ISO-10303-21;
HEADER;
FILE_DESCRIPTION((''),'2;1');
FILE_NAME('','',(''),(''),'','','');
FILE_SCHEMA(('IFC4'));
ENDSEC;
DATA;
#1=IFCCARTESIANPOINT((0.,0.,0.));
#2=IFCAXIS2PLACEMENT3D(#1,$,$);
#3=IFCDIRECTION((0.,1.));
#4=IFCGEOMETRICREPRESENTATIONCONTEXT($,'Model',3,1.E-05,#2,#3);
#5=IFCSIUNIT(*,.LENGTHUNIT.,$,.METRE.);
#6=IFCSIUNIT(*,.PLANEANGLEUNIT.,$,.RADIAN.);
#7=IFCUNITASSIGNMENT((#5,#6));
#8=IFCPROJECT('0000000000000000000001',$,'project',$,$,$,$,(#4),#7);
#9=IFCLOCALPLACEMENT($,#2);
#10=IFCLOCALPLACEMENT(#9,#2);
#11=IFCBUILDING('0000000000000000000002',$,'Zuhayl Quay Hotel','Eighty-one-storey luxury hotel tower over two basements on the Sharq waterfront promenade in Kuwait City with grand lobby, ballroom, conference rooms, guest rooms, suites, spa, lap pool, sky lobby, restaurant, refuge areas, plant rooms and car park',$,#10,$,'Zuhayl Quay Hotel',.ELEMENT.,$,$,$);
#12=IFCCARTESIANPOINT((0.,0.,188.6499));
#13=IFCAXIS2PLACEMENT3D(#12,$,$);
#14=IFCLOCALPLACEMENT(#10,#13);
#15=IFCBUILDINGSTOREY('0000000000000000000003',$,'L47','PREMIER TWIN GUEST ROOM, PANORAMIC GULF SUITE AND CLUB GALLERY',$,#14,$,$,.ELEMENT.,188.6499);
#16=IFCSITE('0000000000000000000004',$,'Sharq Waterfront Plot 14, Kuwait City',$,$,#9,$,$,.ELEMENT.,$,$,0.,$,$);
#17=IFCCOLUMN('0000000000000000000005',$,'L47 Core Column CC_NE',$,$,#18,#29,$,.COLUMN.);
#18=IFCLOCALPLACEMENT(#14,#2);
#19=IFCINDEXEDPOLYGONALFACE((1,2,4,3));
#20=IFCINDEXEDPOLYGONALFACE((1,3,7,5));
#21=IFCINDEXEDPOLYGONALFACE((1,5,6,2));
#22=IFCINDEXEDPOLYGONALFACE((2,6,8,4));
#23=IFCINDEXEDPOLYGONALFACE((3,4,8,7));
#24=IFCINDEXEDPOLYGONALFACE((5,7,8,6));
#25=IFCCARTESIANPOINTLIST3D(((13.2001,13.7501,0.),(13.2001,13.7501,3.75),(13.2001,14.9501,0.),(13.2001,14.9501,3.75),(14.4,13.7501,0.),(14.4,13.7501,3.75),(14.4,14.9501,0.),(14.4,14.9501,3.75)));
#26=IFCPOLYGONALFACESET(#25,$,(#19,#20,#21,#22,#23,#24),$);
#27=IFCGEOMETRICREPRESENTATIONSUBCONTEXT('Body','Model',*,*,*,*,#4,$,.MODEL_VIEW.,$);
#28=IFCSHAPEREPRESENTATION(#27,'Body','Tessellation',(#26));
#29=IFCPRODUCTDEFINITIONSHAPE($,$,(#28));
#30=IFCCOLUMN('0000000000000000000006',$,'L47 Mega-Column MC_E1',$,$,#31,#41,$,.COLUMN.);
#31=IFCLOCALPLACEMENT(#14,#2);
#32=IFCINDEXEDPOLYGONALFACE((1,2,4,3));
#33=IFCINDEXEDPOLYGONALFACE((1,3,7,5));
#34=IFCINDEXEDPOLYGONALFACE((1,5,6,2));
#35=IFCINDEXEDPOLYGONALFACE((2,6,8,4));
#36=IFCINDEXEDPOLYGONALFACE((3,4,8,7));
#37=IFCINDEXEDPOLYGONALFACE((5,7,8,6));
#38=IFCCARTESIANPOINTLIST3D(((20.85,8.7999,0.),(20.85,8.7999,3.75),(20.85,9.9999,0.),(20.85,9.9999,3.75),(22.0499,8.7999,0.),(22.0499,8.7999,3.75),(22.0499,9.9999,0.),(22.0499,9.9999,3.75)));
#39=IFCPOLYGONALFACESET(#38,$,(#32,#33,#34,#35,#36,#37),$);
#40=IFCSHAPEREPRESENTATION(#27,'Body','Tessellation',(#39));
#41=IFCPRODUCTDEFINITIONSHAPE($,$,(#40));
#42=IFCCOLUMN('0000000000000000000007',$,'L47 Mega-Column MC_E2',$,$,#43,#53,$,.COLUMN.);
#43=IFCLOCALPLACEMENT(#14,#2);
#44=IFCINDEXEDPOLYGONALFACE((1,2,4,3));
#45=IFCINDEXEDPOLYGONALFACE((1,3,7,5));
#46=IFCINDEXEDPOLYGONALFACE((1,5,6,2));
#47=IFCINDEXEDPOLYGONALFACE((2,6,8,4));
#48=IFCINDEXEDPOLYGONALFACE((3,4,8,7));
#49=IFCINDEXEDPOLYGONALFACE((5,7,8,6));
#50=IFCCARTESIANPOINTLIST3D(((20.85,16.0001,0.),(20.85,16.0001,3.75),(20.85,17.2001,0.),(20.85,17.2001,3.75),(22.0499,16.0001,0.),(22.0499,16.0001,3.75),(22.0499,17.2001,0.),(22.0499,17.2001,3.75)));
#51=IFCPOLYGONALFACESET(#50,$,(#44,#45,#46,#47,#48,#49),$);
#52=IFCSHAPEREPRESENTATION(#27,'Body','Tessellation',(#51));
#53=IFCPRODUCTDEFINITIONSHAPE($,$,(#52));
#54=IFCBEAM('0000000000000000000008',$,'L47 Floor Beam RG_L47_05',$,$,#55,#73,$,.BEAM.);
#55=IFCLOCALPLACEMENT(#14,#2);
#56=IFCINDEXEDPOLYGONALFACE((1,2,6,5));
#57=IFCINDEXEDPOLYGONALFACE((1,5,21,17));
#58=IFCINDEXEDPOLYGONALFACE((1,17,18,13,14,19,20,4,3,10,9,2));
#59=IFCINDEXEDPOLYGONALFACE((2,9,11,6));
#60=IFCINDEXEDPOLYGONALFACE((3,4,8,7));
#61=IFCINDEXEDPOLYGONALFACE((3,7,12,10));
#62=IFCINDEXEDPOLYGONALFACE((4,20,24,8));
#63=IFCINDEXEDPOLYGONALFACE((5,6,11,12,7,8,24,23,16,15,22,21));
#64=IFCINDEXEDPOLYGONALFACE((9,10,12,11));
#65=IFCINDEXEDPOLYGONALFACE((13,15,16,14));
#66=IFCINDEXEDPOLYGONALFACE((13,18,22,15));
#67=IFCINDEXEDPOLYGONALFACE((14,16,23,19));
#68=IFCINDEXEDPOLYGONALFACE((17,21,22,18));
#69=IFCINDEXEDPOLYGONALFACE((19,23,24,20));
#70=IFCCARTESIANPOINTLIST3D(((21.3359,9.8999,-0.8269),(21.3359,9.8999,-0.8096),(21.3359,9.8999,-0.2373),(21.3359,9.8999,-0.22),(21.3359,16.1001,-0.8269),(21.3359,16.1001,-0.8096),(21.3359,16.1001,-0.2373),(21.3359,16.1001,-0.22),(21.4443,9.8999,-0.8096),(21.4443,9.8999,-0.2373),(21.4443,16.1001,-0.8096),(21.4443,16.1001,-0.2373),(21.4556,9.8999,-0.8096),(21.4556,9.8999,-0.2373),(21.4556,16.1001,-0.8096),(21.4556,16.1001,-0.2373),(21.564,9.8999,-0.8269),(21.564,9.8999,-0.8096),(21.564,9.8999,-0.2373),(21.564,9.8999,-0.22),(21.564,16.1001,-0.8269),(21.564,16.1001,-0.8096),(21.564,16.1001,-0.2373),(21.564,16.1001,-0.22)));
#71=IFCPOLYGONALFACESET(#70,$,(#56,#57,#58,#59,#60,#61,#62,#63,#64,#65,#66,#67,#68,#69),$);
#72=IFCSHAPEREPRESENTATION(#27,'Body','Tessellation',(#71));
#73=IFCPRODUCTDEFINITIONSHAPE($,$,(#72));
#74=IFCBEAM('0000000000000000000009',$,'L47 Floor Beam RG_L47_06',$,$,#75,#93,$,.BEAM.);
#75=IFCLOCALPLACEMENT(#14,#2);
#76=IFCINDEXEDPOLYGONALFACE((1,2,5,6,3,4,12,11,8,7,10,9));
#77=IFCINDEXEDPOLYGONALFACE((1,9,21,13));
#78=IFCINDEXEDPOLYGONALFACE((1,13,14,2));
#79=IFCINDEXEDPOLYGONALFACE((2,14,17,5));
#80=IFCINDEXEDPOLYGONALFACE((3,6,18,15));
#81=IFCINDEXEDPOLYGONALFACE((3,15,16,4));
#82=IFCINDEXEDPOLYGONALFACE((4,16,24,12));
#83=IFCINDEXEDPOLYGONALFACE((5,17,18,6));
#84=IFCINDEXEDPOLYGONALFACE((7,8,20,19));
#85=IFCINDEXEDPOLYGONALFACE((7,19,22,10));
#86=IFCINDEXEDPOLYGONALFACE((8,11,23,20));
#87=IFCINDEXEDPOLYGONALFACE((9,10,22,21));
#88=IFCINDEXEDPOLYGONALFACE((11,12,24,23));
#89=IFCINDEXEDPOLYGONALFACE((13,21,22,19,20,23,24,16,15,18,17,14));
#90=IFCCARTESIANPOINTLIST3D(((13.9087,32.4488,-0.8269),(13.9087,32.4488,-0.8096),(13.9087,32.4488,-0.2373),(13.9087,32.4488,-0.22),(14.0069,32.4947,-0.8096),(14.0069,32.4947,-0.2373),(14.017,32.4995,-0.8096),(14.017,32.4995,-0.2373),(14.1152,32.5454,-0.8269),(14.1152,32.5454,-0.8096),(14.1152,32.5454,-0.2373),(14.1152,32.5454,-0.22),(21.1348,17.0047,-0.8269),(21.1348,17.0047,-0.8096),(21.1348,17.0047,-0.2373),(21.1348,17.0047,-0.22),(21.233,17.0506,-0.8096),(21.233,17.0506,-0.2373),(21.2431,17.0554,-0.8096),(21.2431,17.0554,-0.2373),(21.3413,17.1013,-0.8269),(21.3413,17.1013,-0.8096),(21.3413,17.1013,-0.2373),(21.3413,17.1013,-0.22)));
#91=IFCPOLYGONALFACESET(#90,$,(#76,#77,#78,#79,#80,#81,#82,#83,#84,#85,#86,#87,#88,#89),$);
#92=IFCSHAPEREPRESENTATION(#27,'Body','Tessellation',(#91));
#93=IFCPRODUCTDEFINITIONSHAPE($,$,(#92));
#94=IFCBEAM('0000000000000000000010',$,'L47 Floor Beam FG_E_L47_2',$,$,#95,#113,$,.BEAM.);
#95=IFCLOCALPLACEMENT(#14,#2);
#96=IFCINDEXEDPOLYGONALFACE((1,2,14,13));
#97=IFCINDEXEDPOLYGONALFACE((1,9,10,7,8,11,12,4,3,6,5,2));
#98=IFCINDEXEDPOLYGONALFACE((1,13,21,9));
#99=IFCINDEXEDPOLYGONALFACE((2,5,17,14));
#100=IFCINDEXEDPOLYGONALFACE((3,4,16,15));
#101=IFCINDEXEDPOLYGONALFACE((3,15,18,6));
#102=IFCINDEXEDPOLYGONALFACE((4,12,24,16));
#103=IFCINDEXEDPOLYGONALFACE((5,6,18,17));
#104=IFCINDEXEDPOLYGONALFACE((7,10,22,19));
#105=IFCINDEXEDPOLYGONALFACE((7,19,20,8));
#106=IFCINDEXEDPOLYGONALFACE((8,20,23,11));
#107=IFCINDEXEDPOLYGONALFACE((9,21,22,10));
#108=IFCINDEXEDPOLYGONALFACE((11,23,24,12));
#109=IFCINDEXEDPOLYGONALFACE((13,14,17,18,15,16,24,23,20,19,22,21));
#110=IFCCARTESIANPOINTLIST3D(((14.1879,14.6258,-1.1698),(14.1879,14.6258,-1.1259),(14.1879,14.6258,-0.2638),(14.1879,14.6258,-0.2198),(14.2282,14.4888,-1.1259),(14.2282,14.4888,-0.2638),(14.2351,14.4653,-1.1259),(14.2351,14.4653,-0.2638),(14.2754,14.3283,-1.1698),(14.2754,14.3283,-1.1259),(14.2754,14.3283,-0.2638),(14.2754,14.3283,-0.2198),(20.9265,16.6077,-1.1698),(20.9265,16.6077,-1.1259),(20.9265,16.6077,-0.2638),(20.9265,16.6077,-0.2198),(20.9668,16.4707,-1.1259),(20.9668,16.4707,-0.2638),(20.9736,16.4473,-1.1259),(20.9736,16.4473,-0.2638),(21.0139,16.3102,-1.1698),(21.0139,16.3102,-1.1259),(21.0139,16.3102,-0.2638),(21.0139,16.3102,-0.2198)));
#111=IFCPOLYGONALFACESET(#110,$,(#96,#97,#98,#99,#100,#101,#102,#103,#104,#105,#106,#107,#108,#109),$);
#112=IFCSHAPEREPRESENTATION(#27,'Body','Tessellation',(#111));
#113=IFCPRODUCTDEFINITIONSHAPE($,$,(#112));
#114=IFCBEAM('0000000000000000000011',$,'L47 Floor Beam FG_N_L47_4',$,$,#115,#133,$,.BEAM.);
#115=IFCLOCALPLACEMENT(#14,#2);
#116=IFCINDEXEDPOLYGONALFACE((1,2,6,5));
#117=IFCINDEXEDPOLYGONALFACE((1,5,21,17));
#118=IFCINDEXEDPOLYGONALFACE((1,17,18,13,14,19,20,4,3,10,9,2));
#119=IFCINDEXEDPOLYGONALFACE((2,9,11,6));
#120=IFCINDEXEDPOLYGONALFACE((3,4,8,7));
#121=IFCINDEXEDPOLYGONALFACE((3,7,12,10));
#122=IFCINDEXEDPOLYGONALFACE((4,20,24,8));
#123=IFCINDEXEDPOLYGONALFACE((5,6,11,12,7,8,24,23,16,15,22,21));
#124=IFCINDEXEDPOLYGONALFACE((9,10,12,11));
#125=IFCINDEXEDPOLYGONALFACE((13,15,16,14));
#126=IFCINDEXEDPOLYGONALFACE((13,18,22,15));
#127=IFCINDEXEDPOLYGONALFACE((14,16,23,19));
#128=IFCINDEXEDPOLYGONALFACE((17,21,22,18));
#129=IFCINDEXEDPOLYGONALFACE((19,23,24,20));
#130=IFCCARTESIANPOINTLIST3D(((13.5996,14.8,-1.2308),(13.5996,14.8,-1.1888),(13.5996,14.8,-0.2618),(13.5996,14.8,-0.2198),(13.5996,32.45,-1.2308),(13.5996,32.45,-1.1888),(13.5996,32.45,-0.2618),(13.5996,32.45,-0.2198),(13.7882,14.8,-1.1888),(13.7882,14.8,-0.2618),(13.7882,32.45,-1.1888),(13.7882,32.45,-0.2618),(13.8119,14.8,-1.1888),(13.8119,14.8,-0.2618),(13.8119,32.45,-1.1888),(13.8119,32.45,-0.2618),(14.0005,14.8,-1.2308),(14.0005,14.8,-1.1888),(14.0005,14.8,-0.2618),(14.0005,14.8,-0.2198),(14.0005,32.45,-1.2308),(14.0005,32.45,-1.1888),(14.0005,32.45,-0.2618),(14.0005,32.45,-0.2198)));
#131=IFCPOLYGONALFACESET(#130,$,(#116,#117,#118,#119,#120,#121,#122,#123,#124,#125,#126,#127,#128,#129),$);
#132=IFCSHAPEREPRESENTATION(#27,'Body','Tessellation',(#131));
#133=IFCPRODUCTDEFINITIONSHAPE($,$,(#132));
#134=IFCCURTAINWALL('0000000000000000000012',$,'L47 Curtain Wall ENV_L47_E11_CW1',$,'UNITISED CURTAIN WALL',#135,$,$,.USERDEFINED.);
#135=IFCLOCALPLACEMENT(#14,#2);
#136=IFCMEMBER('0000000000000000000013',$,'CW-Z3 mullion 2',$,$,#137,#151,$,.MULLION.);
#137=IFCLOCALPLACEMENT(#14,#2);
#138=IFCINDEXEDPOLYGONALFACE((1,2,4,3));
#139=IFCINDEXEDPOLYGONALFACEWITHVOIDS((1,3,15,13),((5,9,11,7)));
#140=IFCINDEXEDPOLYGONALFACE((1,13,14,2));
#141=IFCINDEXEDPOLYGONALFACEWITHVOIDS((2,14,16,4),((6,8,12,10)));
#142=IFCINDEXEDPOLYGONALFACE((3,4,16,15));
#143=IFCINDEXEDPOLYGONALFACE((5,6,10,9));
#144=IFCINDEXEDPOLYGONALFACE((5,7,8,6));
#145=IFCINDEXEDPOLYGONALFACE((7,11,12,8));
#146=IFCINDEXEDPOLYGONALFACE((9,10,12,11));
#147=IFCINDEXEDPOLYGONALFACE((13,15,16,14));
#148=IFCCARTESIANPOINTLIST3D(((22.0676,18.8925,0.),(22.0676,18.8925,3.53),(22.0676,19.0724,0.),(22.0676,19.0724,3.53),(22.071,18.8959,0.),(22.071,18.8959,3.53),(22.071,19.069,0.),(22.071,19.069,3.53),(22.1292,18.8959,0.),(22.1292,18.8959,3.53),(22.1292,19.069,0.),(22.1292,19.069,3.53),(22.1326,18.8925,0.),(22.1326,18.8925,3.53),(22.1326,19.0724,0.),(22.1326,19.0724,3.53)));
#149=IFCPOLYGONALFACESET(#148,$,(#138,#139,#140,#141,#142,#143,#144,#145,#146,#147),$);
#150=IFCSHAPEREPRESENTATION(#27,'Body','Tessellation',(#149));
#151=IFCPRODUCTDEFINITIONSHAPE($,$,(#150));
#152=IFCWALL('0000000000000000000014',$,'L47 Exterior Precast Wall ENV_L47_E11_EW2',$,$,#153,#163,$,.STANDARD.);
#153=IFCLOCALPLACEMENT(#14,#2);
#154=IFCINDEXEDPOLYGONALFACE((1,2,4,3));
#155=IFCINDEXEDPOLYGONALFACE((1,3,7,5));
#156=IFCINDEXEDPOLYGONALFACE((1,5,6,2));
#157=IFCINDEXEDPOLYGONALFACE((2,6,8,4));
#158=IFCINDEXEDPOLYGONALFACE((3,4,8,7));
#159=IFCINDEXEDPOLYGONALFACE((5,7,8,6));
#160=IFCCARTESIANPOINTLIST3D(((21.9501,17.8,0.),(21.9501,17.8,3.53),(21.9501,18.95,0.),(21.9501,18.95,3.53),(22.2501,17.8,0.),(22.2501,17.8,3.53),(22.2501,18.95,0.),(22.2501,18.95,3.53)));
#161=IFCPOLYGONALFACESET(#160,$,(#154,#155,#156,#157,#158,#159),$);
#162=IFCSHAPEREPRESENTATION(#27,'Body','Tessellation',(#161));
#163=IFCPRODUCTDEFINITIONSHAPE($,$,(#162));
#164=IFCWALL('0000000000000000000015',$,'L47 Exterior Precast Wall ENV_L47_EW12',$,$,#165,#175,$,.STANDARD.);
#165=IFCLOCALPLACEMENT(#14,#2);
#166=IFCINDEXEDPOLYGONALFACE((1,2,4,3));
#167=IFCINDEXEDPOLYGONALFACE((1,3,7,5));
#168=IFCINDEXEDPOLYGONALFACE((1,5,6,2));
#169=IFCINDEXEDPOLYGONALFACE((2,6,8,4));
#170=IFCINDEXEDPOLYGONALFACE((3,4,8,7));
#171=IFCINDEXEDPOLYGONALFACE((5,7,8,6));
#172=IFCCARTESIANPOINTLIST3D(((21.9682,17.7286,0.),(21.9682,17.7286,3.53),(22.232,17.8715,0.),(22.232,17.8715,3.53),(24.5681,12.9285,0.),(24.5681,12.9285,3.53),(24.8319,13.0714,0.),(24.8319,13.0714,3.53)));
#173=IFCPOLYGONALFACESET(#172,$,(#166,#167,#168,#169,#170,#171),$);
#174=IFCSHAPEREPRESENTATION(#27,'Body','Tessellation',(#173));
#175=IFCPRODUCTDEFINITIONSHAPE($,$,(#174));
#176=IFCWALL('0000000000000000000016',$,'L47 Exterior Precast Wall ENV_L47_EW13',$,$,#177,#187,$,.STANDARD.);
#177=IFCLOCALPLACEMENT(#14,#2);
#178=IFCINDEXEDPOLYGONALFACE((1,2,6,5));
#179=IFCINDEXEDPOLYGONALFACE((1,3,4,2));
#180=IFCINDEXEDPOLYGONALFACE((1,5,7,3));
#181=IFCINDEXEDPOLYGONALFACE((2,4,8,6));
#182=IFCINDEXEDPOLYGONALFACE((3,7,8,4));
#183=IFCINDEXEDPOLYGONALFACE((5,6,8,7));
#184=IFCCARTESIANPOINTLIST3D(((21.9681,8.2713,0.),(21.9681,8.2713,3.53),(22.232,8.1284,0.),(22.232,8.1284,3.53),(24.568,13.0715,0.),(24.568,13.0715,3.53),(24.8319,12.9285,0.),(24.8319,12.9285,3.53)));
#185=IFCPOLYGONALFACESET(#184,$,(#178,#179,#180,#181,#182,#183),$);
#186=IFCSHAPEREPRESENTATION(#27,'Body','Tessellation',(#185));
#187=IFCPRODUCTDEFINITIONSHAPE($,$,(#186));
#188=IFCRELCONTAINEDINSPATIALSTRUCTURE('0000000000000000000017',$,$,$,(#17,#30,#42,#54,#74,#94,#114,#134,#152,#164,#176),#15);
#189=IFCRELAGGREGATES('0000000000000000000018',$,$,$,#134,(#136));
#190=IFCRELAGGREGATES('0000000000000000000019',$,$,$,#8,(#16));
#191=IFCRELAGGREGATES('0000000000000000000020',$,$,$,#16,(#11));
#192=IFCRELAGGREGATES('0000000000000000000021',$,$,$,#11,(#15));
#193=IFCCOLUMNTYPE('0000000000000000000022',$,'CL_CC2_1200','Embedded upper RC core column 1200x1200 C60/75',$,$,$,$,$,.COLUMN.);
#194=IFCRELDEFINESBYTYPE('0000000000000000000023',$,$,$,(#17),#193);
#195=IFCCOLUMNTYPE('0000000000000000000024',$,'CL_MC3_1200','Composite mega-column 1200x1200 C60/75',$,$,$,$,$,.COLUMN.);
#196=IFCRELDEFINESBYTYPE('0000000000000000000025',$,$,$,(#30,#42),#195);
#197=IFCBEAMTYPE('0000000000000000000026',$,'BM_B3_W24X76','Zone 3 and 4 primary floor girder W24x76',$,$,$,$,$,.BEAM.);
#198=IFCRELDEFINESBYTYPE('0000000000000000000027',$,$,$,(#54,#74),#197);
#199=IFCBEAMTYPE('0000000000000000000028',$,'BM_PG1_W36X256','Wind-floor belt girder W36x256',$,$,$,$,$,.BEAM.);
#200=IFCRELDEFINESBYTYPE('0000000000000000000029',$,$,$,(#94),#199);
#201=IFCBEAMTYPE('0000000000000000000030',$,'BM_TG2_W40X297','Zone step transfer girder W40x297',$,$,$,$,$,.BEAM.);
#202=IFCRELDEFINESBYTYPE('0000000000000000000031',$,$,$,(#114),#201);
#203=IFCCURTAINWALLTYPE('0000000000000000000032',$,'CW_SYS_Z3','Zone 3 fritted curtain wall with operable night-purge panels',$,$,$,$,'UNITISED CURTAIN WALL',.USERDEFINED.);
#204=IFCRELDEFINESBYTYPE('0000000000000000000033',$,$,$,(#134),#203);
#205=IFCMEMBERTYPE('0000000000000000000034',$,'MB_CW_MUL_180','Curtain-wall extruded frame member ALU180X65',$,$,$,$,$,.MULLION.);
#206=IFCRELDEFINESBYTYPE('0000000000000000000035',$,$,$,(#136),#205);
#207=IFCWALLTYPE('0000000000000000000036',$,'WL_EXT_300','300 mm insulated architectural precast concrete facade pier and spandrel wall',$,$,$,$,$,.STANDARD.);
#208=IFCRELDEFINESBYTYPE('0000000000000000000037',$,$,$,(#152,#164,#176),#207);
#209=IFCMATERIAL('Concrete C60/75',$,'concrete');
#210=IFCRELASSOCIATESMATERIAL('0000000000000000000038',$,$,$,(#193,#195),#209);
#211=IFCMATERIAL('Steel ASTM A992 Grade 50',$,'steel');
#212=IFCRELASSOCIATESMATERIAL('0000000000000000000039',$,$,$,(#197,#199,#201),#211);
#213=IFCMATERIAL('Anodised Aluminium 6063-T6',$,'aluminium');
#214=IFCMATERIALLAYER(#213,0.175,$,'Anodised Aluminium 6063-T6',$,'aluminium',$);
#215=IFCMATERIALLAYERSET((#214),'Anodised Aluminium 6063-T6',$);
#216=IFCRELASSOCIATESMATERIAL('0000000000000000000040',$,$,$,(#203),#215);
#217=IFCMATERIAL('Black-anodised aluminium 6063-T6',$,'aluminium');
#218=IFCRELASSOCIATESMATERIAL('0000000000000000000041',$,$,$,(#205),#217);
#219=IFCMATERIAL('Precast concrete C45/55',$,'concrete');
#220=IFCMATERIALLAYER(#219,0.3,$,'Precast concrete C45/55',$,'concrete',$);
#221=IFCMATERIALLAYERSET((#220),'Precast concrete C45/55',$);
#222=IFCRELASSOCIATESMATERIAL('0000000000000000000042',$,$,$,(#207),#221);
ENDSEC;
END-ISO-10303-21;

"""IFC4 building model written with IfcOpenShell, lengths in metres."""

from ifc_helpers import new_model, si_unit, direction, frame, frame_2d, origin, origin_2d, place, context, subcontext, project, spatial, rectangle, hollow_rectangle, i_section, extrude, material, layer, layer_set, material_profile, profile_set, type_object, element, aggregate, save


model = new_model("IFC4")

# Units and contexts
model_context = context("Model", 3, precision=1e-05, world=origin(), true_north=direction((0.0, 1.0)))
body_context = subcontext(model_context, "Body", "Model", "MODEL_VIEW")
ifc_project = project(units=[si_unit("LENGTHUNIT", "METRE"), si_unit("PLANEANGLEUNIT", "RADIAN")], contexts=[model_context])

# Site, building, storey
site_placement = place(None, origin())
site = spatial("IfcSite", under=ifc_project, at=site_placement, Name="Sharq Waterfront Plot 14, Kuwait City", CompositionType="ELEMENT", RefElevation=0.0)
building_placement = place(site_placement, origin())
building = spatial("IfcBuilding", under=site, at=building_placement, Name="Zuhayl Quay Hotel", Description="Eighty-one-storey luxury hotel tower over two basements on the Sharq waterfront promenade in Kuwait City with grand lobby, ballroom, conference rooms, guest rooms, suites, spa, lap pool, sky lobby, restaurant, refuge areas, plant rooms and car park", LongName="Zuhayl Quay Hotel", CompositionType="ELEMENT")
storey_placement = place(building_placement, frame((0.0, 0.0, 188.6499)))
storey = spatial("IfcBuildingStorey", under=building, at=storey_placement, Name="L47", Description="PREMIER TWIN GUEST ROOM, PANORAMIC GULF SUITE AND CLUB GALLERY", CompositionType="ELEMENT", Elevation=188.6499)

# Columns
ifc_material_1 = material(Name="Concrete C60/75", Category="concrete")
ifc_material_profile_1 = material_profile(ifc_material_1, rectangle(XDim=1.2, YDim=1.2, at=origin_2d()), Name="RC1200X1200")
ifc_profile_set_1 = profile_set([ifc_material_profile_1], Name="Concrete C60/75")
column_type_1 = type_object("IfcColumnType", Name="CL_CC2_1200", Description="Embedded upper RC core column 1200x1200 C60/75", PredefinedType="COLUMN", material=ifc_profile_set_1)
column_placement = place(storey_placement, frame((13.8, 14.3501, 0.0), z_axis=(0.0, 0.0, 1.0), x_axis=(1.0, 0.0, 0.0)))
element("IfcColumn", 1, at=column_placement, inside=storey, type_object=column_type_1, Name="L47 Core Column CC_NE", PredefinedType="COLUMN", context=body_context, shape_type="SweptSolid", body=[
    extrude(rectangle(XDim=1.2, YDim=1.2, at=origin_2d()), origin(), (0.0, 0.0, 1.0), 3.75),
])
ifc_material_profile_2 = material_profile(ifc_material_1, rectangle(XDim=1.2, YDim=1.2, at=origin_2d()), Name="RC1200X1200")
ifc_profile_set_2 = profile_set([ifc_material_profile_2], Name="Concrete C60/75")
column_type_2 = type_object("IfcColumnType", Name="CL_MC3_1200", Description="Composite mega-column 1200x1200 C60/75", PredefinedType="COLUMN", material=ifc_profile_set_2)
for number, where, z_axis, x_axis, name in (
    (2, (21.45, 9.3999, 0.0), (0.0, 0.0, 1.0), (1.0, 0.0, 0.0), "L47 Mega-Column MC_E1"),
    (3, (21.45, 16.6001, 0.0), (0.0, 0.0, 1.0), (1.0, 0.0, 0.0), "L47 Mega-Column MC_E2"),
):
    element("IfcColumn", number, at=place(storey_placement, frame(where, z_axis=z_axis, x_axis=x_axis)), inside=storey, type_object=column_type_2, Name=name, PredefinedType="COLUMN", context=body_context, shape_type="SweptSolid", body=[
        extrude(rectangle(XDim=1.2, YDim=1.2, at=origin_2d()), origin(), (0.0, 0.0, 1.0), 3.75),
    ])

# Beams
ifc_material_2 = material(Name="Steel ASTM A992 Grade 50", Category="steel")
ifc_material_profile_3 = material_profile(ifc_material_2, i_section(OverallWidth=0.228, OverallDepth=0.6069, WebThickness=0.0112, FlangeThickness=0.0173, at=origin_2d()), Name="W24X76")
ifc_profile_set_3 = profile_set([ifc_material_profile_3], Name="Steel ASTM A992 Grade 50")
beam_type_1 = type_object("IfcBeamType", Name="BM_B3_W24X76", Description="Zone 3 and 4 primary floor girder W24x76", PredefinedType="BEAM", material=ifc_profile_set_3)
beam_1_placement = place(storey_placement, frame((21.45, 9.8999, -0.5234), z_axis=(0.0, 1.0, 0.0), x_axis=(-1.0, 0.0, 0.0)))
element("IfcBeam", 4, at=beam_1_placement, inside=storey, type_object=beam_type_1, Name="L47 Floor Beam RG_L47_05", PredefinedType="BEAM", context=body_context, shape_type="SweptSolid", body=[
    extrude(i_section(OverallWidth=0.228, OverallDepth=0.6069, WebThickness=0.0112, FlangeThickness=0.0173, at=origin_2d()), origin(), (0.0, 0.0, 1.0), 6.2002),
])
beam_2_placement = place(storey_placement, frame((21.238, 17.053, -0.5234), z_axis=(-0.423792, 0.905759, 0.0), x_axis=(-0.905759, -0.423792, 0.0)))
element("IfcBeam", 5, at=beam_2_placement, inside=storey, type_object=beam_type_1, Name="L47 Floor Beam RG_L47_06", PredefinedType="BEAM", context=body_context, shape_type="SweptSolid", body=[
    extrude(i_section(OverallWidth=0.228, OverallDepth=0.6069, WebThickness=0.0112, FlangeThickness=0.0173, at=origin_2d()), origin(), (0.0, 0.0, 1.0), 17.051),
])
ifc_material_profile_4 = material_profile(ifc_material_2, i_section(OverallWidth=0.3101, OverallDepth=0.95, WebThickness=0.0244, FlangeThickness=0.0439, at=origin_2d()), Name="W36X256")
ifc_profile_set_4 = profile_set([ifc_material_profile_4], Name="Steel ASTM A992 Grade 50")
beam_type_2 = type_object("IfcBeamType", Name="BM_PG1_W36X256", Description="Wind-floor belt girder W36x256", PredefinedType="BEAM", material=ifc_profile_set_4)
beam_3_placement = place(storey_placement, frame((14.2317, 14.4771, -0.6948), z_axis=(0.959365, 0.282168, 0.0), x_axis=(-0.282168, 0.959365, 0.0)))
element("IfcBeam", 6, at=beam_3_placement, inside=storey, type_object=beam_type_2, Name="L47 Floor Beam FG_E_L47_2", PredefinedType="BEAM", context=body_context, shape_type="SweptSolid", body=[
    extrude(i_section(OverallWidth=0.3101, OverallDepth=0.95, WebThickness=0.0244, FlangeThickness=0.0439, at=origin_2d()), origin(), (0.0, 0.0, 1.0), 7.0239),
])
ifc_material_profile_5 = material_profile(ifc_material_2, i_section(OverallWidth=0.4009, OverallDepth=1.011, WebThickness=0.0237, FlangeThickness=0.042, at=origin_2d()), Name="W40X297")
ifc_profile_set_5 = profile_set([ifc_material_profile_5], Name="Steel ASTM A992 Grade 50")
beam_type_3 = type_object("IfcBeamType", Name="BM_TG2_W40X297", Description="Zone step transfer girder W40x297", PredefinedType="BEAM", material=ifc_profile_set_5)
beam_4_placement = place(storey_placement, frame((13.8, 14.8, -0.7253), z_axis=(0.0, 1.0, 0.0), x_axis=(-1.0, 0.0, 0.0)))
element("IfcBeam", 7, at=beam_4_placement, inside=storey, type_object=beam_type_3, Name="L47 Floor Beam FG_N_L47_4", PredefinedType="BEAM", context=body_context, shape_type="SweptSolid", body=[
    extrude(i_section(OverallWidth=0.4009, OverallDepth=1.011, WebThickness=0.0237, FlangeThickness=0.042, at=origin_2d()), origin(), (0.0, 0.0, 1.0), 17.6499),
])

# Curtain wall, member
ifc_material_3 = material(Name="Anodised Aluminium 6063-T6", Category="aluminium")
ifc_layer_1 = layer(ifc_material_3, 0.175, Name="Anodised Aluminium 6063-T6", Category="aluminium")
ifc_layer_set_1 = layer_set([ifc_layer_1], Name="Anodised Aluminium 6063-T6")
curtain_wall_type = type_object("IfcCurtainWallType", Name="CW_SYS_Z3", Description="Zone 3 fritted curtain wall with operable night-purge panels", ElementType="UNITISED CURTAIN WALL", PredefinedType="USERDEFINED", material=ifc_layer_set_1)
curtain_wall_placement = place(storey_placement, origin())
curtain_wall = element("IfcCurtainWall", 8, at=curtain_wall_placement, inside=storey, type_object=curtain_wall_type, Name="L47 Curtain Wall ENV_L47_E11_CW1", ObjectType="UNITISED CURTAIN WALL", PredefinedType="USERDEFINED")
ifc_material_4 = material(Name="Black-anodised aluminium 6063-T6", Category="aluminium")
ifc_material_profile_6 = material_profile(ifc_material_4, hollow_rectangle(XDim=0.0649, YDim=0.1799, WallThickness=0.0034, at=origin_2d()), Name="ALU180X65")
ifc_profile_set_6 = profile_set([ifc_material_profile_6], Name="Black-anodised aluminium 6063-T6")
member_type = type_object("IfcMemberType", Name="MB_CW_MUL_180", Description="Curtain-wall extruded frame member ALU180X65", PredefinedType="MULLION", material=ifc_profile_set_6)
member_placement = place(storey_placement, frame((22.1001, 18.9824, 0.0), z_axis=(0.0, 0.0, 1.0), x_axis=(1.0, 0.0, 0.0)))
member = element("IfcMember", 9, at=member_placement, type_object=member_type, Name="CW-Z3 mullion 2", PredefinedType="MULLION", context=body_context, shape_type="SweptSolid", body=[
    extrude(hollow_rectangle(XDim=0.0649, YDim=0.1799, WallThickness=0.0034, at=origin_2d()), origin(), (0.0, 0.0, 1.0), 3.53),
])
aggregate(curtain_wall, [member])

# Walls
ifc_material_5 = material(Name="Precast concrete C45/55", Category="concrete")
ifc_layer_2 = layer(ifc_material_5, 0.3, Name="Precast concrete C45/55", Category="concrete")
ifc_layer_set_2 = layer_set([ifc_layer_2], Name="Precast concrete C45/55")
wall_type_1 = type_object("IfcWallType", Name="WL_EXT_300", Description="300 mm insulated architectural precast concrete facade pier and spandrel wall", PredefinedType="STANDARD", material=ifc_layer_set_2)
wall_1_placement = place(storey_placement, frame((22.1001, 18.95, 0.0), z_axis=(0.0, 0.0, 1.0), x_axis=(0.0, -1.0, 0.0)))
element("IfcWall", 10, at=wall_1_placement, inside=storey, type_object=wall_type_1, Name="L47 Exterior Precast Wall ENV_L47_E11_EW2", PredefinedType="STANDARD", context=body_context, shape_type="SweptSolid", body=[
    extrude(rectangle(XDim=1.1499, YDim=0.3, at=frame_2d((0.575, 0.0))), origin(), (0.0, 0.0, 1.0), 3.53),
])
for number, where, z_axis, x_axis, name in (
    (11, (22.1001, 17.8, 0.0), (0.0, 0.0, 1.0), (0.476259, -0.879305, 0.0), "L47 Exterior Precast Wall ENV_L47_EW12"),
    (12, (24.7, 13.0, 0.0), (0.0, 0.0, 1.0), (-0.476259, -0.879305, 0.0), "L47 Exterior Precast Wall ENV_L47_EW13"),
):
    element("IfcWall", number, at=place(storey_placement, frame(where, z_axis=z_axis, x_axis=x_axis)), inside=storey, type_object=wall_type_1, Name=name, PredefinedType="STANDARD", context=body_context, shape_type="SweptSolid", body=[
        extrude(rectangle(XDim=5.459, YDim=0.3, at=frame_2d((2.7295, 0.0))), origin(), (0.0, 0.0, 1.0), 3.53),
    ])

save(model, "model.ifc")
